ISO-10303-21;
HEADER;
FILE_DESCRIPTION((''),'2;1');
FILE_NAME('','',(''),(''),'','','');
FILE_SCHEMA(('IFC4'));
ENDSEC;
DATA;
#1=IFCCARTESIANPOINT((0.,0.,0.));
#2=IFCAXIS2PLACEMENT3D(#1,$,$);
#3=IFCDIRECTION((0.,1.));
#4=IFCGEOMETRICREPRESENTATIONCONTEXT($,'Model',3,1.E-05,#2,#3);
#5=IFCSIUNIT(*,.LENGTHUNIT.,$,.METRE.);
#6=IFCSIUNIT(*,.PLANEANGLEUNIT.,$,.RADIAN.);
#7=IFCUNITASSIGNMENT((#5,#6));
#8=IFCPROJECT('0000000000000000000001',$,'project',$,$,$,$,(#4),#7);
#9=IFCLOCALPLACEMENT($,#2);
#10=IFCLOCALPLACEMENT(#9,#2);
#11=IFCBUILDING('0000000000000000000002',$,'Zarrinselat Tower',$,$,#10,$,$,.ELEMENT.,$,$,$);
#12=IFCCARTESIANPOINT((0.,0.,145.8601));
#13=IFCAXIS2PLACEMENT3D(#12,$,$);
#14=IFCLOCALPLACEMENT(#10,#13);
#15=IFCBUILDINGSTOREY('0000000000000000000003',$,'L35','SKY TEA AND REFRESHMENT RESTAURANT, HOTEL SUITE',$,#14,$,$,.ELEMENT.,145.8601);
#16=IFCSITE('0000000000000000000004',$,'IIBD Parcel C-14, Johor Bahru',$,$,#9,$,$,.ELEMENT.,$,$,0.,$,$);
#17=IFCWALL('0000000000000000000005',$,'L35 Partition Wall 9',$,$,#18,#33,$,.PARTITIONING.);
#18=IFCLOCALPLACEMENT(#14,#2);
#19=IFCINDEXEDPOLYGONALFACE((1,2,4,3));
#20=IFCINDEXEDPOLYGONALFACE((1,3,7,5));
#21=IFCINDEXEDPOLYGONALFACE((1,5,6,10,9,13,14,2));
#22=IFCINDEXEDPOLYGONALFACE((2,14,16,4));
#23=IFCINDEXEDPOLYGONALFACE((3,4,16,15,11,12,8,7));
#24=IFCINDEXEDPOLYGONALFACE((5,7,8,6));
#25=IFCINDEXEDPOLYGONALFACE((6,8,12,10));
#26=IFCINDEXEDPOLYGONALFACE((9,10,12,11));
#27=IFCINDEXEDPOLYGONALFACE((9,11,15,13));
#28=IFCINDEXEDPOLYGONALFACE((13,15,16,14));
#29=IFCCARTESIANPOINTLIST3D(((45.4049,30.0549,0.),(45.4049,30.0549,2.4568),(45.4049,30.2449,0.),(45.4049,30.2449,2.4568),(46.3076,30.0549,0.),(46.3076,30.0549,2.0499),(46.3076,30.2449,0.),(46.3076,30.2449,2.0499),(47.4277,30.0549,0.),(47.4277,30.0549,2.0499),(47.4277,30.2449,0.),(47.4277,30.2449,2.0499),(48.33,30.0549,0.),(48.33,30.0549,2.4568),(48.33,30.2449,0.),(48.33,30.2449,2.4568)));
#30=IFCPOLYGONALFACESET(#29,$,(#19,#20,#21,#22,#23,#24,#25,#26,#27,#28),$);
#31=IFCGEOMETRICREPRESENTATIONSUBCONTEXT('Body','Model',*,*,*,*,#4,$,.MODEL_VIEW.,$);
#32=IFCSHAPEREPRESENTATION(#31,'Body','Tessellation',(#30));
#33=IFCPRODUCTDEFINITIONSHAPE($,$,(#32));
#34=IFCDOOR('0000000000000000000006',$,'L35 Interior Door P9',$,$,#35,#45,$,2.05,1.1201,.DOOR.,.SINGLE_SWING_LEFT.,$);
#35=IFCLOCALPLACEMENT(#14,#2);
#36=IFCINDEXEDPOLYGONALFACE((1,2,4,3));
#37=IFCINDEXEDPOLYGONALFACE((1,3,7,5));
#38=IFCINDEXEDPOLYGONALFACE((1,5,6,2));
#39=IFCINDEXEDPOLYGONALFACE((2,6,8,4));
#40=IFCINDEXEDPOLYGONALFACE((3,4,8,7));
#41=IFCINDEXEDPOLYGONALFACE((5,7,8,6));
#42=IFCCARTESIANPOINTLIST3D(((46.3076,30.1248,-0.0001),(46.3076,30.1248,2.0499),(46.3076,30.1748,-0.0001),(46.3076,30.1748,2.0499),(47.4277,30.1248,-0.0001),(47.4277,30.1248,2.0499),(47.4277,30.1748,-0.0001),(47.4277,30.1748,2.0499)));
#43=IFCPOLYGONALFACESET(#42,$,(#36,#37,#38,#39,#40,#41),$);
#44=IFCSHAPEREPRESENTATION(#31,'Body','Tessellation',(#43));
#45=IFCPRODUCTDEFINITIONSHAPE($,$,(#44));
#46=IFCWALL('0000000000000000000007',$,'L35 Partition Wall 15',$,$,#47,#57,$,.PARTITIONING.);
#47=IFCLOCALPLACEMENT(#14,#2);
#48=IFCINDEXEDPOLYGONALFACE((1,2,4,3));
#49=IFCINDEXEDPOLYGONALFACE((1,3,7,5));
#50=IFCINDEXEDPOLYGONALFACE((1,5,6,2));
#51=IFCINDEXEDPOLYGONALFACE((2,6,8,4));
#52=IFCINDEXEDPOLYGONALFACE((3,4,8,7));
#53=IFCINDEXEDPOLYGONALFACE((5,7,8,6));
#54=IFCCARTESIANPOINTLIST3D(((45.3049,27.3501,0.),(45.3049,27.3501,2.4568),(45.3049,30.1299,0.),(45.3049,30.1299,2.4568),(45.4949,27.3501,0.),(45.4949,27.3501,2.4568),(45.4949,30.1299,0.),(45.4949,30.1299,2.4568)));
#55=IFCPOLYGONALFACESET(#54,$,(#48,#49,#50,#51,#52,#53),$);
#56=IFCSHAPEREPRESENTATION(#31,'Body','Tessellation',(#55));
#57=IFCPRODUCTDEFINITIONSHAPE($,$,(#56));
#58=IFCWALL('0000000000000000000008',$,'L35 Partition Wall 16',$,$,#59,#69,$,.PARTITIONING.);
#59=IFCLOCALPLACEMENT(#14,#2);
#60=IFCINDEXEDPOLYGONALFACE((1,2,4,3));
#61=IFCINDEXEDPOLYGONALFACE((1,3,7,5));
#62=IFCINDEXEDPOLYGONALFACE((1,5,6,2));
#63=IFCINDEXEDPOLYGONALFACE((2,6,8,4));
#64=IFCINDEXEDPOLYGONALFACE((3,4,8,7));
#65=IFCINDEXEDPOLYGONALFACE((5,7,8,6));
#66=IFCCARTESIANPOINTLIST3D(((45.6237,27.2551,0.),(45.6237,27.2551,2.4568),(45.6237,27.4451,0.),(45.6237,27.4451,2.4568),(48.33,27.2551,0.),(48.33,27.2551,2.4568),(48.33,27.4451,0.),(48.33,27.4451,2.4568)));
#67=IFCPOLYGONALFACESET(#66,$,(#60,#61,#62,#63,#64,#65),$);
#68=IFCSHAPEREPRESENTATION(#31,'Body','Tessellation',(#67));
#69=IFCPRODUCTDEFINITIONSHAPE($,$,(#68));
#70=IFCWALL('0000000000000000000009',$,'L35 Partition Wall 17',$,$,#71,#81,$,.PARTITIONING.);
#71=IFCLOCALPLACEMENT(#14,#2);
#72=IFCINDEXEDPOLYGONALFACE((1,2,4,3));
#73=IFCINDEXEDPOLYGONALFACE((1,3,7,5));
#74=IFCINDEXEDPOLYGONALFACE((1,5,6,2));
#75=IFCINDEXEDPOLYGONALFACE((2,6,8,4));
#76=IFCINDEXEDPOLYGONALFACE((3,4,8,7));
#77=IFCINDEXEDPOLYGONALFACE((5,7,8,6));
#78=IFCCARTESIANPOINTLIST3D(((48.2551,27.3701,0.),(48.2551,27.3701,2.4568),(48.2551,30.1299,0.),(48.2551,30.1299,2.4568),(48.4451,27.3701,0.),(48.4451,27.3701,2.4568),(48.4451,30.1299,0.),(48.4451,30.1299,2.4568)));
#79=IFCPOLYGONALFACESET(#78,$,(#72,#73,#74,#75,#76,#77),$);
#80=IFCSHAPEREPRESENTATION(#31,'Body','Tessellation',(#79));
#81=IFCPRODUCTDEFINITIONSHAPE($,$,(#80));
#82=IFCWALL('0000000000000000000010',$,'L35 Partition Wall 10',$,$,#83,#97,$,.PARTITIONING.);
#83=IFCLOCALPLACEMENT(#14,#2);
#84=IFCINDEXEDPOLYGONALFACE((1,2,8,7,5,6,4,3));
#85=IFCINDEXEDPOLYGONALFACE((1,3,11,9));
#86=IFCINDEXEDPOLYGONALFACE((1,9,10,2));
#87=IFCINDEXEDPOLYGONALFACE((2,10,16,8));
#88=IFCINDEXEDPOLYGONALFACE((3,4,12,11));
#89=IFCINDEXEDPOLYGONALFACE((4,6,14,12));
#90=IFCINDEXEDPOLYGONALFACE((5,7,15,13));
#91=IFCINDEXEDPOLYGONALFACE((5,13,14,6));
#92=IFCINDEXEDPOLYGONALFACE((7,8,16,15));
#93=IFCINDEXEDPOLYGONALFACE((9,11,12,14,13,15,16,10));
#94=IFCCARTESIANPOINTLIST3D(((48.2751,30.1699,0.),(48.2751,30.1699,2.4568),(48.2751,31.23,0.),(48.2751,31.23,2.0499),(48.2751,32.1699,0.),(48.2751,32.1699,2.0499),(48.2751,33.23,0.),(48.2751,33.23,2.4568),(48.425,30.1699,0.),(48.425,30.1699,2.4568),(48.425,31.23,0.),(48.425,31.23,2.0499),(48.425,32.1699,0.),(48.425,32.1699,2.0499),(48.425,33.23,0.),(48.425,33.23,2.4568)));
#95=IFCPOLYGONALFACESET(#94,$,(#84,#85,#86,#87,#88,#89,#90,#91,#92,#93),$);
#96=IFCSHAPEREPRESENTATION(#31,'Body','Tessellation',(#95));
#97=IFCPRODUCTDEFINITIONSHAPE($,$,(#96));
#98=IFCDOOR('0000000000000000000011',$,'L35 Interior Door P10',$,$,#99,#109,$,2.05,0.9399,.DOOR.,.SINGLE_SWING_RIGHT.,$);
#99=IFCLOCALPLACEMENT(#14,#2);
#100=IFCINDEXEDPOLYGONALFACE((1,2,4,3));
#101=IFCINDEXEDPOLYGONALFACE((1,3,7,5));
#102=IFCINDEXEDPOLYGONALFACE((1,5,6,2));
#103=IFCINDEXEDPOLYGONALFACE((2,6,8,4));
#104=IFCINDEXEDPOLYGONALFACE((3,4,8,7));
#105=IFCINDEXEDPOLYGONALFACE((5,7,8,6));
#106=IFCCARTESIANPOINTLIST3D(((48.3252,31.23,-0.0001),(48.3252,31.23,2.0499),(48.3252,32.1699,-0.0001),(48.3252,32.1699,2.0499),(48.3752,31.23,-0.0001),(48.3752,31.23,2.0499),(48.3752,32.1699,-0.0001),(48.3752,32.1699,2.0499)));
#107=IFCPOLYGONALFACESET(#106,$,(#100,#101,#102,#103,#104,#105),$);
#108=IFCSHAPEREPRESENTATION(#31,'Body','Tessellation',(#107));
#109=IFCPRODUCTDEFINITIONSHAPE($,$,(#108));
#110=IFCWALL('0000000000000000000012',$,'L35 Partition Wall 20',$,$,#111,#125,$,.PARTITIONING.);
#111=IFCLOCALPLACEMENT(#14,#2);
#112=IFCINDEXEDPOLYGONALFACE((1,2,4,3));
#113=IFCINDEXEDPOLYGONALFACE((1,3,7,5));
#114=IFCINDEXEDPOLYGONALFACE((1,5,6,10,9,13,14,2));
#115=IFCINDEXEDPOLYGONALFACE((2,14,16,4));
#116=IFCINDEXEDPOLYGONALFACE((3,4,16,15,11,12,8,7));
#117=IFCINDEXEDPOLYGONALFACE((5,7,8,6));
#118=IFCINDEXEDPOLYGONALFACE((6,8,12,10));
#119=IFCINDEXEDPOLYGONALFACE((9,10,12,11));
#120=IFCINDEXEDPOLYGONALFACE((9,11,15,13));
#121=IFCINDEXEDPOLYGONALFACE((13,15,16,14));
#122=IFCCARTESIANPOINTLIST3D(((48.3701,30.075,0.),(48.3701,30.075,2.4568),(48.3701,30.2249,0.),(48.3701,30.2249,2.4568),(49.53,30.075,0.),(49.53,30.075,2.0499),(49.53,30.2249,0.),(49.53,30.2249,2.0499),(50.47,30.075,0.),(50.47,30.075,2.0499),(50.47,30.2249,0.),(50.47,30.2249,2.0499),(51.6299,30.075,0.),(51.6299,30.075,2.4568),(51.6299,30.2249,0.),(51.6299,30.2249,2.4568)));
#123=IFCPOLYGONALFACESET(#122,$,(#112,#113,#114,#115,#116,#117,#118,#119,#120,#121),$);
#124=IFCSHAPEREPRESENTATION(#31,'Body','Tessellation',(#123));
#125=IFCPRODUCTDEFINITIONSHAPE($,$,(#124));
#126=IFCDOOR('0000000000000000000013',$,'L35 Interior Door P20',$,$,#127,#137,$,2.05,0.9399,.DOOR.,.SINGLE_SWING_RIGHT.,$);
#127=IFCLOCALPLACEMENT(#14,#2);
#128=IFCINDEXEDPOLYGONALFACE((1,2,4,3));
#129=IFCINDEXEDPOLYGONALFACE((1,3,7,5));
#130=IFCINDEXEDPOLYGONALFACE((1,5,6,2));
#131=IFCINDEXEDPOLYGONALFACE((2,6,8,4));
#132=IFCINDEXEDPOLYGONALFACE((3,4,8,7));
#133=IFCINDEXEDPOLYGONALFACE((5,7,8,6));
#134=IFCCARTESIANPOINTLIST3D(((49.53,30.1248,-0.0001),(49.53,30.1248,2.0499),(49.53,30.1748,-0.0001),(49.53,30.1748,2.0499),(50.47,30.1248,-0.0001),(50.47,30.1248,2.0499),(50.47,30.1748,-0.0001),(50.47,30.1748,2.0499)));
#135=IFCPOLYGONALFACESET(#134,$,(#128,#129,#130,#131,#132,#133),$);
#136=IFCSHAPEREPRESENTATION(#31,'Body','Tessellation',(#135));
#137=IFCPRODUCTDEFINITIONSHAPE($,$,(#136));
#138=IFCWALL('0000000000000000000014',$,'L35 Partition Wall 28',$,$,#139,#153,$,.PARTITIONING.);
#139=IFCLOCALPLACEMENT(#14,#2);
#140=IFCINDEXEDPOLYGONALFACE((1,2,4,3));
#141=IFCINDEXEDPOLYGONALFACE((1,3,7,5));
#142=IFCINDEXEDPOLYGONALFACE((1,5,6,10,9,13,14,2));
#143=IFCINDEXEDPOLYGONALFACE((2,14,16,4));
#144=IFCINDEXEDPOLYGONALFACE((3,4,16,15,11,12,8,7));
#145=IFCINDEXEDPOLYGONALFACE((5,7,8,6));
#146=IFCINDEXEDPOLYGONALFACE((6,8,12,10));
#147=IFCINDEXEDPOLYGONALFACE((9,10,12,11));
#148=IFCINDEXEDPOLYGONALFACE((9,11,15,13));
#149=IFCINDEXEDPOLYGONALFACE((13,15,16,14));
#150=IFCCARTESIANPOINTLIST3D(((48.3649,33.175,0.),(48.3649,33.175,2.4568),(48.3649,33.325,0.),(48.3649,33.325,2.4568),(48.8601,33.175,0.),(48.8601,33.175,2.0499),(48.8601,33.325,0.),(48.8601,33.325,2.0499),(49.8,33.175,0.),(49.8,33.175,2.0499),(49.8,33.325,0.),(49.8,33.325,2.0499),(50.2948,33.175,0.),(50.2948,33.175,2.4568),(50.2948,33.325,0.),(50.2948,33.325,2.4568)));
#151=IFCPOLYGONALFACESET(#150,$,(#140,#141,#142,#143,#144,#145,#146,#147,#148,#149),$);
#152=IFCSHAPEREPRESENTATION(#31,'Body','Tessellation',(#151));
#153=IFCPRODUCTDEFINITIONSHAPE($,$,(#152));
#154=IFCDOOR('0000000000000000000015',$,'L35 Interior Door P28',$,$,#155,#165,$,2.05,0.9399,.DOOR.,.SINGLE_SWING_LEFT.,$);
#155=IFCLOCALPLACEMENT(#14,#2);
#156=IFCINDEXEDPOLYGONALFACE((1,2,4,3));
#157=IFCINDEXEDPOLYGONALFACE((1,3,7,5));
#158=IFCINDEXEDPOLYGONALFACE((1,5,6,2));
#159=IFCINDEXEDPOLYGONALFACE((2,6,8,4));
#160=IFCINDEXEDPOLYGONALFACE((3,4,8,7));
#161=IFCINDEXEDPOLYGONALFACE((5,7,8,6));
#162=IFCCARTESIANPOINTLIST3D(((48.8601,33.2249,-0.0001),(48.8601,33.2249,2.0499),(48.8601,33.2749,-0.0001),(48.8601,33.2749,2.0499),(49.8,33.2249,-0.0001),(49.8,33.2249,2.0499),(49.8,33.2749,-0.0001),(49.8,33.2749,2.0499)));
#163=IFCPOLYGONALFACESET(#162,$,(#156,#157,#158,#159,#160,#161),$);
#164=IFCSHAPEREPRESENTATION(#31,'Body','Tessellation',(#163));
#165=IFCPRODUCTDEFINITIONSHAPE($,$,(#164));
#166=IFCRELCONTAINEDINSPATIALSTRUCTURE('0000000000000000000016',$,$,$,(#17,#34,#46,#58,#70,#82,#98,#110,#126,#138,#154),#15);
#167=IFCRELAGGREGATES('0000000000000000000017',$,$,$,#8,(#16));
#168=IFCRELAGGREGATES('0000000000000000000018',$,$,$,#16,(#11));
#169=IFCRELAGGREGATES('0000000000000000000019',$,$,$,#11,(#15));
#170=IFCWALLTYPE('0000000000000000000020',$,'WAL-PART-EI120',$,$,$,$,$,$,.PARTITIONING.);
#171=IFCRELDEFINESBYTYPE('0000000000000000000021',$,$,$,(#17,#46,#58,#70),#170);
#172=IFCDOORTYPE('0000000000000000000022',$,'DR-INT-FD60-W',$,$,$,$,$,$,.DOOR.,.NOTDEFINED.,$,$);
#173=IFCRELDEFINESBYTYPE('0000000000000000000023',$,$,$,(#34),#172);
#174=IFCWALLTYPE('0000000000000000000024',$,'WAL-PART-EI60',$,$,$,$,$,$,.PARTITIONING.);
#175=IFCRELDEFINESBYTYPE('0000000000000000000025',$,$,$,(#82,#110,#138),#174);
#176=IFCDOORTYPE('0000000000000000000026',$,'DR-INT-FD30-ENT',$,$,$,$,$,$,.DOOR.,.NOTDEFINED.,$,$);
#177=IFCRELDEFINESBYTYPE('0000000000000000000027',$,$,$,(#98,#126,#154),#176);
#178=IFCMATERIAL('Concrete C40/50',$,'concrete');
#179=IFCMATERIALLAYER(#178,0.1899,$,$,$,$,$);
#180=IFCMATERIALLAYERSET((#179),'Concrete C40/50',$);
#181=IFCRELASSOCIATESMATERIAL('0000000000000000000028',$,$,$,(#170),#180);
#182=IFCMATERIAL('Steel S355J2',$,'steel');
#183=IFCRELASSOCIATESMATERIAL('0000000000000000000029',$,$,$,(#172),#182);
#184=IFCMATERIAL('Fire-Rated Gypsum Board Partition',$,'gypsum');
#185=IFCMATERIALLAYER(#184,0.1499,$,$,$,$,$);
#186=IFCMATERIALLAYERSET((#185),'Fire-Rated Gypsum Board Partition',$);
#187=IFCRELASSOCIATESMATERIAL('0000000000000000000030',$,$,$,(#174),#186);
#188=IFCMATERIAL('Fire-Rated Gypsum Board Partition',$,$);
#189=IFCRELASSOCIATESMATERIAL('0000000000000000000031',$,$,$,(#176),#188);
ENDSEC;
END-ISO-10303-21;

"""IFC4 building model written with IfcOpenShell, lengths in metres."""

from ifc_helpers import new_model, si_unit, direction, frame, frame_2d, origin, place, context, subcontext, project, spatial, rectangle, extrude, material, layer, layer_set, type_object, element, fill, save


model = new_model("IFC4")

# Units and contexts
model_context = context("Model", 3, precision=1e-05, world=origin(), true_north=direction((0.0, 1.0)))
body_context = subcontext(model_context, "Body", "Model", "MODEL_VIEW")
ifc_project = project(units=[si_unit("LENGTHUNIT", "METRE"), si_unit("PLANEANGLEUNIT", "RADIAN")], contexts=[model_context])

# Site, building, storey
site_placement = place(None, origin())
site = spatial("IfcSite", under=ifc_project, at=site_placement, Name="IIBD Parcel C-14, Johor Bahru", CompositionType="ELEMENT", RefElevation=0.0)
building_placement = place(site_placement, origin())
building = spatial("IfcBuilding", under=site, at=building_placement, Name="Zarrinselat Tower", CompositionType="ELEMENT")
storey_placement = place(building_placement, frame((0.0, 0.0, 145.8601)))
storey = spatial("IfcBuildingStorey", under=building, at=storey_placement, Name="L35", Description="SKY TEA AND REFRESHMENT RESTAURANT, HOTEL SUITE", CompositionType="ELEMENT", Elevation=145.8601)

# Wall, opening, door
ifc_material_1 = material(Name="Concrete C40/50", Category="concrete")
ifc_layer_1 = layer(ifc_material_1, 0.1899)
ifc_layer_set_1 = layer_set([ifc_layer_1], Name="Concrete C40/50")
wall_type_1 = type_object("IfcWallType", Name="WAL-PART-EI120", PredefinedType="PARTITIONING", material=ifc_layer_set_1)
wall_1_placement = place(storey_placement, frame((45.405, 30.1499, 0.0), z_axis=(0.0, 0.0, 1.0), x_axis=(1.0, 0.0, 0.0)))
wall_1 = element("IfcWall", 1, at=wall_1_placement, inside=storey, type_object=wall_type_1, Name="L35 Partition Wall 9", PredefinedType="PARTITIONING", context=body_context, shape_type="SweptSolid", body=[
    extrude(rectangle(XDim=2.925, YDim=0.1899, at=frame_2d((1.4624, 0.0))), origin(), (0.0, 0.0, 1.0), 2.4568),
])
opening_1_placement = place(wall_1_placement, frame((0.9026, 0.0, 0.0)))
opening_1 = element("IfcOpeningElement", 2, at=opening_1_placement, cuts=wall_1, PredefinedType="OPENING", context=body_context, shape_type="SweptSolid", body=[
    extrude(rectangle(XDim=1.1201, YDim=2.05, at=frame_2d((0.5601, 1.0249))), frame((0.0, 0.105, 0.0), z_axis=(0.0, -1.0, 0.0), x_axis=(1.0, 0.0, 0.0)), (0.0, 0.0, 1.0), 0.21),
])
ifc_material_2 = material(Name="Steel S355J2", Category="steel")
door_type_1 = type_object("IfcDoorType", Name="DR-INT-FD60-W", OperationType="NOTDEFINED", PredefinedType="DOOR", material=ifc_material_2)
door_1_placement = place(opening_1_placement, origin())
door_1 = element("IfcDoor", 3, at=door_1_placement, inside=storey, type_object=door_type_1, Name="L35 Interior Door P9", OperationType="SINGLE_SWING_LEFT", OverallHeight=2.05, OverallWidth=1.1201, PredefinedType="DOOR", context=body_context, shape_type="SweptSolid", body=[
    extrude(rectangle(XDim=1.1201, YDim=2.05, at=frame_2d((0.5601, 1.0249))), frame((0.0, 0.0249, 0.0), z_axis=(0.0, -1.0, 0.0), x_axis=(1.0, 0.0, 0.0)), (0.0, 0.0, 1.0), 0.05),
])
fill(opening_1, door_1)

# Walls
wall_2_placement = place(storey_placement, frame((45.3999, 27.3501, 0.0), z_axis=(0.0, 0.0, 1.0), x_axis=(0.0, 1.0, 0.0)))
element("IfcWall", 4, at=wall_2_placement, inside=storey, type_object=wall_type_1, Name="L35 Partition Wall 15", PredefinedType="PARTITIONING", context=body_context, shape_type="SweptSolid", body=[
    extrude(rectangle(XDim=2.7798, YDim=0.1899, at=frame_2d((1.3899, 0.0))), origin(), (0.0, 0.0, 1.0), 2.4568),
])
wall_3_placement = place(storey_placement, frame((45.6238, 27.3501, 0.0), z_axis=(0.0, 0.0, 1.0), x_axis=(1.0, 0.0, 0.0)))
element("IfcWall", 5, at=wall_3_placement, inside=storey, type_object=wall_type_1, Name="L35 Partition Wall 16", PredefinedType="PARTITIONING", context=body_context, shape_type="SweptSolid", body=[
    extrude(rectangle(XDim=2.7063, YDim=0.1899, at=frame_2d((1.353, 0.0))), origin(), (0.0, 0.0, 1.0), 2.4568),
])
wall_4_placement = place(storey_placement, frame((48.3501, 27.3701, 0.0), z_axis=(0.0, 0.0, 1.0), x_axis=(0.0, 1.0, 0.0)))
element("IfcWall", 6, at=wall_4_placement, inside=storey, type_object=wall_type_1, Name="L35 Partition Wall 17", PredefinedType="PARTITIONING", context=body_context, shape_type="SweptSolid", body=[
    extrude(rectangle(XDim=2.7598, YDim=0.1899, at=frame_2d((1.3799, 0.0))), origin(), (0.0, 0.0, 1.0), 2.4568),
])

# Walls, openings, doors
ifc_material_3 = material(Name="Fire-Rated Gypsum Board Partition", Category="gypsum")
ifc_layer_2 = layer(ifc_material_3, 0.1499)
ifc_layer_set_2 = layer_set([ifc_layer_2], Name="Fire-Rated Gypsum Board Partition")
wall_type_2 = type_object("IfcWallType", Name="WAL-PART-EI60", PredefinedType="PARTITIONING", material=ifc_layer_set_2)
wall_5_placement = place(storey_placement, frame((48.3501, 30.1699, 0.0), z_axis=(0.0, 0.0, 1.0), x_axis=(0.0, 1.0, 0.0)))
wall_5 = element("IfcWall", 7, at=wall_5_placement, inside=storey, type_object=wall_type_2, Name="L35 Partition Wall 10", PredefinedType="PARTITIONING", context=body_context, shape_type="SweptSolid", body=[
    extrude(rectangle(XDim=3.0601, YDim=0.1499, at=frame_2d((1.53, 0.0))), origin(), (0.0, 0.0, 1.0), 2.4568),
])
opening_2_placement = place(wall_5_placement, frame((1.0601, 0.0, 0.0)))
opening_2 = element("IfcOpeningElement", 8, at=opening_2_placement, cuts=wall_5, PredefinedType="OPENING", context=body_context, shape_type="SweptSolid", body=[
    extrude(rectangle(XDim=0.9399, YDim=2.05, at=frame_2d((0.47, 1.0249))), frame((0.0, 0.085, 0.0), z_axis=(0.0, -1.0, 0.0), x_axis=(1.0, 0.0, 0.0)), (0.0, 0.0, 1.0), 0.1699),
])
ifc_material_4 = material(Name="Fire-Rated Gypsum Board Partition")
door_type_2 = type_object("IfcDoorType", Name="DR-INT-FD30-ENT", OperationType="NOTDEFINED", PredefinedType="DOOR", material=ifc_material_4)
door_2_placement = place(opening_2_placement, origin())
door_2 = element("IfcDoor", 9, at=door_2_placement, inside=storey, type_object=door_type_2, Name="L35 Interior Door P10", OperationType="SINGLE_SWING_RIGHT", OverallHeight=2.05, OverallWidth=0.9399, PredefinedType="DOOR", context=body_context, shape_type="SweptSolid", body=[
    extrude(rectangle(XDim=0.9399, YDim=2.05, at=frame_2d((0.47, 1.0249))), frame((0.0, 0.0249, 0.0), z_axis=(0.0, -1.0, 0.0), x_axis=(1.0, 0.0, 0.0)), (0.0, 0.0, 1.0), 0.05),
])
fill(opening_2, door_2)
wall_6_placement = place(storey_placement, frame((48.3701, 30.1499, 0.0), z_axis=(0.0, 0.0, 1.0), x_axis=(1.0, 0.0, 0.0)))
wall_6 = element("IfcWall", 10, at=wall_6_placement, inside=storey, type_object=wall_type_2, Name="L35 Partition Wall 20", PredefinedType="PARTITIONING", context=body_context, shape_type="SweptSolid", body=[
    extrude(rectangle(XDim=3.2598, YDim=0.1499, at=frame_2d((1.6299, 0.0))), origin(), (0.0, 0.0, 1.0), 2.4568),
])
opening_3_placement = place(wall_6_placement, frame((1.1599, 0.0, 0.0)))
opening_3 = element("IfcOpeningElement", 11, at=opening_3_placement, cuts=wall_6, PredefinedType="OPENING", context=body_context, shape_type="SweptSolid", body=[
    extrude(rectangle(XDim=0.9399, YDim=2.05, at=frame_2d((0.47, 1.0249))), frame((0.0, 0.085, 0.0), z_axis=(0.0, -1.0, 0.0), x_axis=(1.0, 0.0, 0.0)), (0.0, 0.0, 1.0), 0.1699),
])
door_3_placement = place(opening_3_placement, origin())
door_3 = element("IfcDoor", 12, at=door_3_placement, inside=storey, type_object=door_type_2, Name="L35 Interior Door P20", OperationType="SINGLE_SWING_RIGHT", OverallHeight=2.05, OverallWidth=0.9399, PredefinedType="DOOR", context=body_context, shape_type="SweptSolid", body=[
    extrude(rectangle(XDim=0.9399, YDim=2.05, at=frame_2d((0.47, 1.0249))), frame((0.0, 0.0249, 0.0), z_axis=(0.0, -1.0, 0.0), x_axis=(1.0, 0.0, 0.0)), (0.0, 0.0, 1.0), 0.05),
])
fill(opening_3, door_3)
wall_7_placement = place(storey_placement, frame((48.365, 33.25, 0.0), z_axis=(0.0, 0.0, 1.0), x_axis=(1.0, 0.0, 0.0)))
wall_7 = element("IfcWall", 13, at=wall_7_placement, inside=storey, type_object=wall_type_2, Name="L35 Partition Wall 28", PredefinedType="PARTITIONING", context=body_context, shape_type="SweptSolid", body=[
    extrude(rectangle(XDim=1.9299, YDim=0.1499, at=frame_2d((0.9648, 0.0))), origin(), (0.0, 0.0, 1.0), 2.4568),
])
opening_4_placement = place(wall_7_placement, frame((0.4951, 0.0, 0.0)))
opening_4 = element("IfcOpeningElement", 14, at=opening_4_placement, cuts=wall_7, PredefinedType="OPENING", context=body_context, shape_type="SweptSolid", body=[
    extrude(rectangle(XDim=0.9399, YDim=2.05, at=frame_2d((0.47, 1.0249))), frame((0.0, 0.085, 0.0), z_axis=(0.0, -1.0, 0.0), x_axis=(1.0, 0.0, 0.0)), (0.0, 0.0, 1.0), 0.1699),
])
door_4_placement = place(opening_4_placement, origin())
door_4 = element("IfcDoor", 15, at=door_4_placement, inside=storey, type_object=door_type_2, Name="L35 Interior Door P28", OperationType="SINGLE_SWING_LEFT", OverallHeight=2.05, OverallWidth=0.9399, PredefinedType="DOOR", context=body_context, shape_type="SweptSolid", body=[
    extrude(rectangle(XDim=0.9399, YDim=2.05, at=frame_2d((0.47, 1.0249))), frame((0.0, 0.0249, 0.0), z_axis=(0.0, -1.0, 0.0), x_axis=(1.0, 0.0, 0.0)), (0.0, 0.0, 1.0), 0.05),
])
fill(opening_4, door_4)

save(model, "model.ifc")
